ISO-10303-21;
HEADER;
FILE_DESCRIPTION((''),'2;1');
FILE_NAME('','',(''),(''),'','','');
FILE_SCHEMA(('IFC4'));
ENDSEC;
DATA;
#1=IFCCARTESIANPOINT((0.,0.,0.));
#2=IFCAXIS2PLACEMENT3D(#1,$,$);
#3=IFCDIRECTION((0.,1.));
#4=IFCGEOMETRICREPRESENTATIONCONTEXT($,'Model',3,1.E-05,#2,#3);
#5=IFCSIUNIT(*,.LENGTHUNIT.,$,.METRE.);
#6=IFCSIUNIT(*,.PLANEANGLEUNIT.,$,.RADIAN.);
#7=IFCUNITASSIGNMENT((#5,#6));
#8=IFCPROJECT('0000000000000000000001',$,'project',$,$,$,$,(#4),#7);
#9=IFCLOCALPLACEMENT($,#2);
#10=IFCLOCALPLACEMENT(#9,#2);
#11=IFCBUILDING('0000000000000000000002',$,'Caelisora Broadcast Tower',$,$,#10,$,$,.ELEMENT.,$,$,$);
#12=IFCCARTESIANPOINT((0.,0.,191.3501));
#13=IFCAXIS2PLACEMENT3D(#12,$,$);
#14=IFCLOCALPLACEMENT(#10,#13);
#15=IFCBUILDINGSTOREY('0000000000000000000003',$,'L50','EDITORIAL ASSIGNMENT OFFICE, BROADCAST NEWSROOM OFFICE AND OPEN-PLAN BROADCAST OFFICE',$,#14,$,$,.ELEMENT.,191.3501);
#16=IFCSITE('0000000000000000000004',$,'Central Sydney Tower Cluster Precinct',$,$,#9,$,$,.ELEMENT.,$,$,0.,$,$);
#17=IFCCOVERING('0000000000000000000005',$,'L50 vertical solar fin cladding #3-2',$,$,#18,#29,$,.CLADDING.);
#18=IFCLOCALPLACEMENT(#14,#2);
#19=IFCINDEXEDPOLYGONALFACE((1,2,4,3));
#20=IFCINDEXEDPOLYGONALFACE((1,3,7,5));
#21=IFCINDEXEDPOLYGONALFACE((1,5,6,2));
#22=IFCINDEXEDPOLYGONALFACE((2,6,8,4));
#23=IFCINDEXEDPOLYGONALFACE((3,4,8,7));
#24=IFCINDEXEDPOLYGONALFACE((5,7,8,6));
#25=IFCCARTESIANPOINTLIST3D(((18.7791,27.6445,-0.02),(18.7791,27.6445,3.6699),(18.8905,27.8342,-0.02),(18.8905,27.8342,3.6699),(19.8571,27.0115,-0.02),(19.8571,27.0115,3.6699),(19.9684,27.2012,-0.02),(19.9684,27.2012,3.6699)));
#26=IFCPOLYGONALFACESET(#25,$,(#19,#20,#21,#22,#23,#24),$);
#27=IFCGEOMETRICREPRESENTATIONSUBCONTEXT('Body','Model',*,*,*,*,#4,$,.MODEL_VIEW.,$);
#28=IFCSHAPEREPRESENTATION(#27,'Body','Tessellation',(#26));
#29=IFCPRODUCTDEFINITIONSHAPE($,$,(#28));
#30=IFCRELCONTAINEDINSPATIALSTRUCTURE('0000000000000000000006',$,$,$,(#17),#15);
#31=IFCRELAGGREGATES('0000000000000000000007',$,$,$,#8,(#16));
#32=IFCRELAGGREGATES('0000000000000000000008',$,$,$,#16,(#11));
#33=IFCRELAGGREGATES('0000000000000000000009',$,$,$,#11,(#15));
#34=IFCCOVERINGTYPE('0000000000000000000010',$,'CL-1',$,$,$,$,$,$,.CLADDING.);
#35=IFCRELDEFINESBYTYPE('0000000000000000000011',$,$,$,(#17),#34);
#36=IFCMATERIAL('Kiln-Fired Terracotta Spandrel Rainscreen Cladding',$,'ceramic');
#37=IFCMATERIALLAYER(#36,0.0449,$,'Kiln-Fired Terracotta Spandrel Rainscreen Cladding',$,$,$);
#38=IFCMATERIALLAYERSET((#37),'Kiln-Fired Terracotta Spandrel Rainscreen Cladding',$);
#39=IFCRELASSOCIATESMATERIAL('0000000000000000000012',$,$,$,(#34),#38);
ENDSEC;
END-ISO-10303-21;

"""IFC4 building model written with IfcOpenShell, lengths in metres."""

from ifc_helpers import new_model, si_unit, direction, frame, origin, origin_2d, place, context, subcontext, project, spatial, rectangle, extrude, source, transform, mapped, material, layer, layer_set, type_object, type_shapes, element, save


model = new_model("IFC4")

# Units and contexts
model_context = context("Model", 3, precision=1e-05, world=origin(), true_north=direction((0.0, 1.0)))
body_context = subcontext(model_context, "Body", "Model", "MODEL_VIEW")
ifc_project = project(units=[si_unit("LENGTHUNIT", "METRE"), si_unit("PLANEANGLEUNIT", "RADIAN")], contexts=[model_context])

# Site, building, storey
site_placement = place(None, origin())
site = spatial("IfcSite", under=ifc_project, at=site_placement, Name="Central Sydney Tower Cluster Precinct", CompositionType="ELEMENT", RefElevation=0.0)
building_placement = place(site_placement, origin())
building = spatial("IfcBuilding", under=site, at=building_placement, Name="Caelisora Broadcast Tower", CompositionType="ELEMENT")
storey_placement = place(building_placement, frame((0.0, 0.0, 191.3501)))
storey = spatial("IfcBuildingStorey", under=building, at=storey_placement, Name="L50", Description="EDITORIAL ASSIGNMENT OFFICE, BROADCAST NEWSROOM OFFICE AND OPEN-PLAN BROADCAST OFFICE", CompositionType="ELEMENT", Elevation=191.3501)

# Covering
ifc_material_1 = material(Name="Kiln-Fired Terracotta Spandrel Rainscreen Cladding", Category="ceramic")
ifc_layer_1 = layer(ifc_material_1, 0.0449, Name="Kiln-Fired Terracotta Spandrel Rainscreen Cladding")
ifc_layer_set_1 = layer_set([ifc_layer_1], Name="Kiln-Fired Terracotta Spandrel Rainscreen Cladding")
covering_type = type_object("IfcCoveringType", Name="CL-1", PredefinedType="CLADDING", material=ifc_layer_set_1)
shared_shape_1 = source(origin(), body_context, "Body", "SweptSolid", [
    extrude(rectangle(XDim=0.22, YDim=1.25, at=origin_2d()), origin(), (0.0, 0.0, 1.0), 3.6899),
])
type_shapes(covering_type, [shared_shape_1])
covering_placement = place(storey_placement, frame((19.3738, 27.4229, -0.02), z_axis=(0.0, 0.0, 1.0), x_axis=(0.506335, 0.862337, 0.0)))
element("IfcCovering", 1, at=covering_placement, inside=storey, type_object=covering_type, Name="L50 vertical solar fin cladding #3-2", PredefinedType="CLADDING", context=body_context, shape_type="MappedRepresentation", body=[
    mapped(shared_shape_1, transform((0.0, 0.0, 0.0), scale=1.0)),
])

save(model, "model.ifc")
